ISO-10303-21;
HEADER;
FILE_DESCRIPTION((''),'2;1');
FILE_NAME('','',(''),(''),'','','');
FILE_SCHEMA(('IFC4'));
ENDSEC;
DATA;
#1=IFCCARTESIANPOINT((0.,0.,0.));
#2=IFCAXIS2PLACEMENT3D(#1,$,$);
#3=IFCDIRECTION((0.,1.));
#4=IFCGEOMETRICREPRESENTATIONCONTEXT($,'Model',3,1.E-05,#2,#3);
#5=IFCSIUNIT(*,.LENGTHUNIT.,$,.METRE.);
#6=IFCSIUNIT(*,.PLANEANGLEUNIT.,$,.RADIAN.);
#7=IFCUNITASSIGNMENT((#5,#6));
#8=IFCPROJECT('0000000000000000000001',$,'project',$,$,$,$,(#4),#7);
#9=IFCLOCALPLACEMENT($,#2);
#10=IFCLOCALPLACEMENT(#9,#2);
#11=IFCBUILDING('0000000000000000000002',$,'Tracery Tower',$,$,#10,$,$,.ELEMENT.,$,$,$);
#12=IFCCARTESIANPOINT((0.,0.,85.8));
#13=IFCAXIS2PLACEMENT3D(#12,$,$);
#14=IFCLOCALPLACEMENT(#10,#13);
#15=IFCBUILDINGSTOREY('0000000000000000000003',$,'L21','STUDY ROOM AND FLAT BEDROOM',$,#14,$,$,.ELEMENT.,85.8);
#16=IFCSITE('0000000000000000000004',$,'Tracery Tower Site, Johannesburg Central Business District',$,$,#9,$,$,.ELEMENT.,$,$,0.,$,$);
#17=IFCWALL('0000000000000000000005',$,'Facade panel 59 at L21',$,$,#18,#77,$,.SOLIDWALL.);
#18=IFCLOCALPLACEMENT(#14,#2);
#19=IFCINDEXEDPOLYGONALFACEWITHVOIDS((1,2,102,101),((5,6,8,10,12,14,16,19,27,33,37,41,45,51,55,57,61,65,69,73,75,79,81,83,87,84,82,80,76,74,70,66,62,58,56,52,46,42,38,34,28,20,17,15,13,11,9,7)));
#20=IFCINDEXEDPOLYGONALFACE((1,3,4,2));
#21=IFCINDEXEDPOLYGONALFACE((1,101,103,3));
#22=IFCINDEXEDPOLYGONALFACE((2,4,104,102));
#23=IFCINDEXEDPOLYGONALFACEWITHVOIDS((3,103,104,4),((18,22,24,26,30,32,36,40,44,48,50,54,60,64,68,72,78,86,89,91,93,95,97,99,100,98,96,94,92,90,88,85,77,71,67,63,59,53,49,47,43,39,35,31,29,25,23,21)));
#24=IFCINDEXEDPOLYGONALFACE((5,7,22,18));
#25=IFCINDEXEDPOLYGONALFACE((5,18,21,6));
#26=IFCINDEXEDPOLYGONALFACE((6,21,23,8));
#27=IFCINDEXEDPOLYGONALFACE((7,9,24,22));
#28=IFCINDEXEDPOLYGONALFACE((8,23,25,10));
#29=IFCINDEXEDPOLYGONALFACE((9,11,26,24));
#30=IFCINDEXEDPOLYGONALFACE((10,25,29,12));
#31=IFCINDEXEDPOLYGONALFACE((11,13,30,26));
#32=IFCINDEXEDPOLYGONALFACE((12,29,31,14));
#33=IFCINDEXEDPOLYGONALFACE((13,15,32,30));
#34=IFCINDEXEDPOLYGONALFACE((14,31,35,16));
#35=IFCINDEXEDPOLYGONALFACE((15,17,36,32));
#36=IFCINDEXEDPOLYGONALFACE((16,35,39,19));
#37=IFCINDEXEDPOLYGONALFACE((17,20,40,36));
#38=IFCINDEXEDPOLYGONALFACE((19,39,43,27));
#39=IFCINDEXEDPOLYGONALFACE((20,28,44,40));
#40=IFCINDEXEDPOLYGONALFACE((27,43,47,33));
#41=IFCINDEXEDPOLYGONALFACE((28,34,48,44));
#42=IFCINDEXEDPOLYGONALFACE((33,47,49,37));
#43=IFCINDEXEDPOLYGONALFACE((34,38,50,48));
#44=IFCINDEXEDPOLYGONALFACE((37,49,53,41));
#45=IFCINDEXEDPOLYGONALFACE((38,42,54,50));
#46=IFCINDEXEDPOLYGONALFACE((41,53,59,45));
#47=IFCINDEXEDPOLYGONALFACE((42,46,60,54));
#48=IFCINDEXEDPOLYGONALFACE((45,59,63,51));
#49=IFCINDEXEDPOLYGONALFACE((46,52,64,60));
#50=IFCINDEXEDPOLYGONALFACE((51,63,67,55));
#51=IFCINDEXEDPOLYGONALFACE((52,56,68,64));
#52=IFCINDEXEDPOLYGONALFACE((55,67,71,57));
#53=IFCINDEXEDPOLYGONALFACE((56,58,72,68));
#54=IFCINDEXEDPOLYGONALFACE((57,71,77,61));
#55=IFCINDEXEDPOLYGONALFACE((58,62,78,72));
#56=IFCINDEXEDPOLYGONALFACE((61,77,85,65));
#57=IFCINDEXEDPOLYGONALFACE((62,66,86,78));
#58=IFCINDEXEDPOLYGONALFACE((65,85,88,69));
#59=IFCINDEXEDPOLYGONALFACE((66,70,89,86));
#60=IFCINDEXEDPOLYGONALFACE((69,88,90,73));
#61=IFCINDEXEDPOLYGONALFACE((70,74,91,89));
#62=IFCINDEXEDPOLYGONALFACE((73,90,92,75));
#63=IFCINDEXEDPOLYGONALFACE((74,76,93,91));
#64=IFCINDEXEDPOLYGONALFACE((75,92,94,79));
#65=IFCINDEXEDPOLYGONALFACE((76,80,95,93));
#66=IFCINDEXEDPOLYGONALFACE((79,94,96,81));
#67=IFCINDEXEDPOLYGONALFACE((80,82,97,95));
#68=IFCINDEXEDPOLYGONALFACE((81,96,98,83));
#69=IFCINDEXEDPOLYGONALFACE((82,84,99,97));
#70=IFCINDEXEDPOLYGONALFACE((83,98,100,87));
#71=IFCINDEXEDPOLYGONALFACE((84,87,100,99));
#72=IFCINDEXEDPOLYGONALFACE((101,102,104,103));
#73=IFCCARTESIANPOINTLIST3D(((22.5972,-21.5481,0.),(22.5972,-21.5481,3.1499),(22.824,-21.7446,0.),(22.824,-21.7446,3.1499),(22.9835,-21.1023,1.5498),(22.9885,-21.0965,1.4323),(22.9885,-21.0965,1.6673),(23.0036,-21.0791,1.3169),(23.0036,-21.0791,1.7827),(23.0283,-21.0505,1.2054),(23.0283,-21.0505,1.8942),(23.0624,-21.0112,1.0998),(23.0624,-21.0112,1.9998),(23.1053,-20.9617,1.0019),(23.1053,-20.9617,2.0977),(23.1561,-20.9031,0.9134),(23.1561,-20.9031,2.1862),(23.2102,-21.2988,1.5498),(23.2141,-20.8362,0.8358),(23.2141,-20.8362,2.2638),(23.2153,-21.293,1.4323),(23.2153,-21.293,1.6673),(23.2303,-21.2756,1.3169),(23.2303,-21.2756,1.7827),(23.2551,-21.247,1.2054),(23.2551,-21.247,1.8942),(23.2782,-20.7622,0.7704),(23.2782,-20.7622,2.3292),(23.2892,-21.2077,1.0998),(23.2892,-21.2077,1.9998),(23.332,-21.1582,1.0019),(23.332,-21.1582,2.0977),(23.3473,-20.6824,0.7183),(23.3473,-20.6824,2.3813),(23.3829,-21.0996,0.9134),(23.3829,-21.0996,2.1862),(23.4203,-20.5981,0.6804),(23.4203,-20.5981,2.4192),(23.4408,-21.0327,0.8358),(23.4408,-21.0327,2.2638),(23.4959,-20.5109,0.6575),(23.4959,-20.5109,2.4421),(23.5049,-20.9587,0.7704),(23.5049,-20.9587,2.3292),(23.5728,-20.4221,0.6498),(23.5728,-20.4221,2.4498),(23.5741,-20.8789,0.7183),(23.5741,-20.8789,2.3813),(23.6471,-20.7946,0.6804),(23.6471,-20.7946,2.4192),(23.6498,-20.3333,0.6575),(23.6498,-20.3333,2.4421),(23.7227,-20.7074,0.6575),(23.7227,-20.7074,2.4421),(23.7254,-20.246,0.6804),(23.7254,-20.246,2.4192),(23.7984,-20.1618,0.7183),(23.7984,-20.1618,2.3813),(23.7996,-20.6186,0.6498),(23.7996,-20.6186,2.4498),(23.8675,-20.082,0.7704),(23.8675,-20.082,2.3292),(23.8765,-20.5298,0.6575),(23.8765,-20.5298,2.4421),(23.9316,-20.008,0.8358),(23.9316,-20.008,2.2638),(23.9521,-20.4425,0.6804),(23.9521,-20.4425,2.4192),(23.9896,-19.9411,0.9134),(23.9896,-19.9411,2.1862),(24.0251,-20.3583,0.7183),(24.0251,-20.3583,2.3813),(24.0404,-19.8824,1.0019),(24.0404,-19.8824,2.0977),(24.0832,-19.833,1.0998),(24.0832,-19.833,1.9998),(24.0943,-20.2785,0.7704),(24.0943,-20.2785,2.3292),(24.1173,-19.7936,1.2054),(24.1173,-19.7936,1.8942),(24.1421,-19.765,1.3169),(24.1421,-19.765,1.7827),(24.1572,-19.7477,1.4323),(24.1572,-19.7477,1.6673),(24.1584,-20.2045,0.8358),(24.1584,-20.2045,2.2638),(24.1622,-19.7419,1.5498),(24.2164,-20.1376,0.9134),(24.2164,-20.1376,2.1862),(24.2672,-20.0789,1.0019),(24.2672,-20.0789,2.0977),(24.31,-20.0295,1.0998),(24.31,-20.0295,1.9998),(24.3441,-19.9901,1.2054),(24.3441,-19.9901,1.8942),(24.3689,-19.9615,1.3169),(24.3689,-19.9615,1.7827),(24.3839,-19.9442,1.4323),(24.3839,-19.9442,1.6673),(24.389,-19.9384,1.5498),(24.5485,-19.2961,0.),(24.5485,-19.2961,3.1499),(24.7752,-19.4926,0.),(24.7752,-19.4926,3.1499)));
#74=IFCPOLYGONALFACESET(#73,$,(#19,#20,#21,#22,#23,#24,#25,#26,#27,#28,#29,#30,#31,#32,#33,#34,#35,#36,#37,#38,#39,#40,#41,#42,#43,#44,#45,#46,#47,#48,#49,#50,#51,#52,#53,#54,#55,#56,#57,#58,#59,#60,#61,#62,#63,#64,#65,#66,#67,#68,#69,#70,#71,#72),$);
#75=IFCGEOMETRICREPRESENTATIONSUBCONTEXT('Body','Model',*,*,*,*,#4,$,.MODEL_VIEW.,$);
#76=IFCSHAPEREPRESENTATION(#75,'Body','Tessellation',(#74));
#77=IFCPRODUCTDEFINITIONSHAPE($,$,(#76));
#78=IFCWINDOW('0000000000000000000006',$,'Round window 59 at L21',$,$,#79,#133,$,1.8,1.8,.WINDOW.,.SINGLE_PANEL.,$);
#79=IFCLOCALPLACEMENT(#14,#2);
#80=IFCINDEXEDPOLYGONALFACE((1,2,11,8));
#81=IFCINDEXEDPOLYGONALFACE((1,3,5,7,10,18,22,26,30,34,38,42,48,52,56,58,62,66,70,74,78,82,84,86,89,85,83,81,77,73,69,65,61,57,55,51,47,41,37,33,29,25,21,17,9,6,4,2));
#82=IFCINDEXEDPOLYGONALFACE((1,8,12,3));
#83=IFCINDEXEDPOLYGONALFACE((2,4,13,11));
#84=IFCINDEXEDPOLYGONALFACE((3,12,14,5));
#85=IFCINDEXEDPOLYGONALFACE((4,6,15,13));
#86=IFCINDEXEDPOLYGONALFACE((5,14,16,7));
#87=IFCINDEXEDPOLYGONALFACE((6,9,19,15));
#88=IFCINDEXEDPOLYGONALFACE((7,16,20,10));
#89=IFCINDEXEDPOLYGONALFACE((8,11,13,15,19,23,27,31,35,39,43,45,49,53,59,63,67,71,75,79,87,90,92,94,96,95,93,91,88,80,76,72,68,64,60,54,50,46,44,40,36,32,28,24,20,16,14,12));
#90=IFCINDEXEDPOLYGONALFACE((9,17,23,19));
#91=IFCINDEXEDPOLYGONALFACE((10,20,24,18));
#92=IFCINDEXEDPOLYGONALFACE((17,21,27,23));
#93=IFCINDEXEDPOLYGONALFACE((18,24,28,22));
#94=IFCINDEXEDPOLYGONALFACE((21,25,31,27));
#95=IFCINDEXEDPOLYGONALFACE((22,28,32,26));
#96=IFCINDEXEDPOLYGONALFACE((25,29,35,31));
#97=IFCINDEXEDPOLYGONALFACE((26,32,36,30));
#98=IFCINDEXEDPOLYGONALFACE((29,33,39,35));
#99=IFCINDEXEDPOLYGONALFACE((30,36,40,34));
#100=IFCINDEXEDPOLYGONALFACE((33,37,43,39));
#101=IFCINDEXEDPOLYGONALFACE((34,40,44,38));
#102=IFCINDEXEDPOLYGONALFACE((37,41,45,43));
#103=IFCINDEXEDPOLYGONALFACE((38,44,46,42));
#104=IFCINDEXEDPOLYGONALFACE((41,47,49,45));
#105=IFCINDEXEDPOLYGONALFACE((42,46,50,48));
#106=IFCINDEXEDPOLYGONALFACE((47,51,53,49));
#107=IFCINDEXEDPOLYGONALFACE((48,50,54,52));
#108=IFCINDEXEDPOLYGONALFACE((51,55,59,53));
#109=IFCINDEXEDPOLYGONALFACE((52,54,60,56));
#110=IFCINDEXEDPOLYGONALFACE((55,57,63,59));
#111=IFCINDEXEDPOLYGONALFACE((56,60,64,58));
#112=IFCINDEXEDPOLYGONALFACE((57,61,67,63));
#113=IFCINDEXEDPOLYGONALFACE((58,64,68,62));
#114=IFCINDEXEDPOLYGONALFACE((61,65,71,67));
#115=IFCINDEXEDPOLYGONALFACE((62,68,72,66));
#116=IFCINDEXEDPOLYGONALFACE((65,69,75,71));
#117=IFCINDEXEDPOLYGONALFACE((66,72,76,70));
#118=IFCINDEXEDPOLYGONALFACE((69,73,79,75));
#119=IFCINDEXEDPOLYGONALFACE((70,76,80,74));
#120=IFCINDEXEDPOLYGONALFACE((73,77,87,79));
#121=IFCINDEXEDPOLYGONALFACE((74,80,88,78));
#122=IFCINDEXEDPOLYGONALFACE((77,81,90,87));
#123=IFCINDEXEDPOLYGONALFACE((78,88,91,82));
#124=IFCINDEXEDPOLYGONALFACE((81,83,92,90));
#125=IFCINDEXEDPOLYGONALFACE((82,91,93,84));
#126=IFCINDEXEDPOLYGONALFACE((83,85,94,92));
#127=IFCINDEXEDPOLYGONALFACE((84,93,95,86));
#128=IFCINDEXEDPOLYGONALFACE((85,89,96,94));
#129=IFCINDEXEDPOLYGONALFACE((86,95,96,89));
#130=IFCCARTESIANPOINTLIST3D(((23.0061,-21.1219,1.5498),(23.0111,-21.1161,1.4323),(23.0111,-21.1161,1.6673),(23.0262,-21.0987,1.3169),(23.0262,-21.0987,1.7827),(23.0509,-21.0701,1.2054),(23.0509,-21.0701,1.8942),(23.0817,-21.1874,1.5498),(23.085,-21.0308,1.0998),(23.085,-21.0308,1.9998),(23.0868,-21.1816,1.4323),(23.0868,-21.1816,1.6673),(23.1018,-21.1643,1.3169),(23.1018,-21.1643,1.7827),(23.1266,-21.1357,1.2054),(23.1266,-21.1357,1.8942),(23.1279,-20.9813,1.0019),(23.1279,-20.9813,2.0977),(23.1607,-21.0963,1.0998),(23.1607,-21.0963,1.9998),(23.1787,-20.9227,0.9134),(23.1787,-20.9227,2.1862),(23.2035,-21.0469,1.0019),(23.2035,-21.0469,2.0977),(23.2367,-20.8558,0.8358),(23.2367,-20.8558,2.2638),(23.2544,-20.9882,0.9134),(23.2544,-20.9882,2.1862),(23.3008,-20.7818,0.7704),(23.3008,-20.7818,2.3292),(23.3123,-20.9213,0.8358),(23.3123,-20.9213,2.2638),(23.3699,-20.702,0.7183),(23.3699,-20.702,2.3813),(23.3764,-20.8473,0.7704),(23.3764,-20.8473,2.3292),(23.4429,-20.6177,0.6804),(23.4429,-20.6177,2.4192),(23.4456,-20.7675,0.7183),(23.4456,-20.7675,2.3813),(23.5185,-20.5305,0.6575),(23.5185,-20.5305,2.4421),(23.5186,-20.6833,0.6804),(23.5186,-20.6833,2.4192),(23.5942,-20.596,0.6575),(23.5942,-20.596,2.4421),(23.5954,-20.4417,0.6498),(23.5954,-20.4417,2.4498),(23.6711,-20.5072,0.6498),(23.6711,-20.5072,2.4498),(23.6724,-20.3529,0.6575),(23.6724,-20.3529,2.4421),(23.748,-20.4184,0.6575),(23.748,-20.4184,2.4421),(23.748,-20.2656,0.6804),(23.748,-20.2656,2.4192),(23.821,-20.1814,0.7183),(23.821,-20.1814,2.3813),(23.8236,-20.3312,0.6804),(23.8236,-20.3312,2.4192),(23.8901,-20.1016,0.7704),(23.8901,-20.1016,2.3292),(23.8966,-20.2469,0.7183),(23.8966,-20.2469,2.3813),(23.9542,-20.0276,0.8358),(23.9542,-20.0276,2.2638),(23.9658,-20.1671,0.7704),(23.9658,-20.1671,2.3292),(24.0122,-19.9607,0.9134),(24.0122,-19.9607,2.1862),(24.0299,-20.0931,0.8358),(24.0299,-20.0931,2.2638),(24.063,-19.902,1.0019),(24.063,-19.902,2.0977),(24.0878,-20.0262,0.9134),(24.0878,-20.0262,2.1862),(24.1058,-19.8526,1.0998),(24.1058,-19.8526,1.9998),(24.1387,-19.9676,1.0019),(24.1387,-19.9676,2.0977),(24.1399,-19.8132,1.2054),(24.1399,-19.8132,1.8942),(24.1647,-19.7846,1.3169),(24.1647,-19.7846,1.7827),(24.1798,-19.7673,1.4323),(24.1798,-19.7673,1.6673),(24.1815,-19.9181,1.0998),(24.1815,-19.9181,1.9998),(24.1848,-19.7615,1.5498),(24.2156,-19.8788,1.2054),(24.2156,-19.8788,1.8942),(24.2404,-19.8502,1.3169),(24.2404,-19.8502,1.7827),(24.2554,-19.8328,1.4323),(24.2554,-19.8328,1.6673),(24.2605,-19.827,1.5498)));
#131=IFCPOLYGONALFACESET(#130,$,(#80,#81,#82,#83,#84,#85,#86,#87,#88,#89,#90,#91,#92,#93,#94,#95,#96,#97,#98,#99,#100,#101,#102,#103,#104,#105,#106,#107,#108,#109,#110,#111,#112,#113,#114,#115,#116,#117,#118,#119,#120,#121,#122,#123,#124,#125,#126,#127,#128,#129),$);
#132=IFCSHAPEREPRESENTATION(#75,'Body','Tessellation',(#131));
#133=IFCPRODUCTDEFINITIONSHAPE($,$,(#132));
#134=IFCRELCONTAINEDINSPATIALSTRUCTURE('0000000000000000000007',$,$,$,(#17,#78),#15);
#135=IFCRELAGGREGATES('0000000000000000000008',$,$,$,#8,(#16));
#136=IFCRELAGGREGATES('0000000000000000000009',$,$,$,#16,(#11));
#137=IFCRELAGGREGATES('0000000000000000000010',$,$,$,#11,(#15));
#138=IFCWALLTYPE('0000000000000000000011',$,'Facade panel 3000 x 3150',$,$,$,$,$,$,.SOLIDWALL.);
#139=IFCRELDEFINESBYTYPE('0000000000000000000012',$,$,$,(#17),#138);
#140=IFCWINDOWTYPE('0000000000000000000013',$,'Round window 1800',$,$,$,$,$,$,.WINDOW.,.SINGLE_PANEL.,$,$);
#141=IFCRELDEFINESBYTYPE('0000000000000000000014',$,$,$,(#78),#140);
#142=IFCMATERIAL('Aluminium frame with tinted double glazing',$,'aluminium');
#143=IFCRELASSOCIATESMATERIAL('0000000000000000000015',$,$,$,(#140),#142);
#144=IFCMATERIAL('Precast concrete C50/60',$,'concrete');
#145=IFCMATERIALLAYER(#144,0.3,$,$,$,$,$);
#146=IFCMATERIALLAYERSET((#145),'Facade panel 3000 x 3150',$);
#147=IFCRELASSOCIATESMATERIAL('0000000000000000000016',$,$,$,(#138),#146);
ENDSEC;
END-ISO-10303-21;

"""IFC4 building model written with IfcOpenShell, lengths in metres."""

from ifc_helpers import new_model, si_unit, direction, frame, frame_2d, origin, origin_2d, place, context, subcontext, project, spatial, rectangle, circle, extrude, material, layer, layer_set, type_object, element, fill, save


model = new_model("IFC4")

# Units and contexts
model_context = context("Model", 3, precision=1e-05, world=origin(), true_north=direction((0.0, 1.0)))
body_context = subcontext(model_context, "Body", "Model", "MODEL_VIEW")
ifc_project = project(units=[si_unit("LENGTHUNIT", "METRE"), si_unit("PLANEANGLEUNIT", "RADIAN")], contexts=[model_context])

# Site, building, storey
site_placement = place(None, origin())
site = spatial("IfcSite", under=ifc_project, at=site_placement, Name="Tracery Tower Site, Johannesburg Central Business District", CompositionType="ELEMENT", RefElevation=0.0)
building_placement = place(site_placement, origin())
building = spatial("IfcBuilding", under=site, at=building_placement, Name="Tracery Tower", CompositionType="ELEMENT")
storey_placement = place(building_placement, frame((0.0, 0.0, 85.8)))
storey = spatial("IfcBuildingStorey", under=building, at=storey_placement, Name="L21", Description="STUDY ROOM AND FLAT BEDROOM", CompositionType="ELEMENT", Elevation=85.8)

# Wall, opening, window
ifc_material_1 = material(Name="Aluminium frame with tinted double glazing", Category="aluminium")
window_type = type_object("IfcWindowType", Name="Round window 1800", PartitioningType="SINGLE_PANEL", PredefinedType="WINDOW", material=ifc_material_1)
ifc_material_2 = material(Name="Precast concrete C50/60", Category="concrete")
ifc_layer_1 = layer(ifc_material_2, 0.3)
ifc_layer_set_1 = layer_set([ifc_layer_1], Name="Facade panel 3000 x 3150")
wall_type_1 = type_object("IfcWallType", Name="Facade panel 3000 x 3150", PredefinedType="SOLIDWALL", material=ifc_layer_set_1)
wall_1_placement = place(storey_placement, frame((22.7107, -21.6462, 0.0), z_axis=(0.0, 0.0, 1.0), x_axis=(0.654831, 0.755776, 0.0)))
wall_1 = element("IfcWall", 1, at=wall_1_placement, inside=storey, type_object=wall_type_1, Name="Facade panel 59 at L21", PredefinedType="SOLIDWALL", context=body_context, shape_type="SweptSolid", body=[
    extrude(rectangle(XDim=2.9797, YDim=0.3, at=frame_2d((1.4897, 0.0))), origin(), (0.0, 0.0, 1.0), 3.1499),
])
opening_1_placement = place(wall_1_placement, frame((1.4897, 0.0, 1.5498)))
opening_1 = element("IfcOpeningElement", 2, at=opening_1_placement, cuts=wall_1, PredefinedType="OPENING", context=body_context, shape_type="SweptSolid", body=[
    extrude(circle(Radius=0.9, at=origin_2d()), frame((0.0, 0.1599, 0.0), z_axis=(0.0, -1.0, 0.0), x_axis=(1.0, 0.0, 0.0)), (0.0, 0.0, 1.0), 0.3201),
])
window_1_placement = place(opening_1_placement, origin())
window_1 = element("IfcWindow", 3, at=window_1_placement, inside=storey, type_object=window_type, Name="Round window 59 at L21", OverallHeight=1.8, OverallWidth=1.8, PartitioningType="SINGLE_PANEL", PredefinedType="WINDOW", context=body_context, shape_type="SweptSolid", body=[
    extrude(circle(Radius=0.9, at=origin_2d()), frame((0.0, 0.1201, 0.0), z_axis=(0.0, -1.0, 0.0), x_axis=(1.0, 0.0, 0.0)), (0.0, 0.0, 1.0), 0.1001),
])
fill(opening_1, window_1)

save(model, "model.ifc")
